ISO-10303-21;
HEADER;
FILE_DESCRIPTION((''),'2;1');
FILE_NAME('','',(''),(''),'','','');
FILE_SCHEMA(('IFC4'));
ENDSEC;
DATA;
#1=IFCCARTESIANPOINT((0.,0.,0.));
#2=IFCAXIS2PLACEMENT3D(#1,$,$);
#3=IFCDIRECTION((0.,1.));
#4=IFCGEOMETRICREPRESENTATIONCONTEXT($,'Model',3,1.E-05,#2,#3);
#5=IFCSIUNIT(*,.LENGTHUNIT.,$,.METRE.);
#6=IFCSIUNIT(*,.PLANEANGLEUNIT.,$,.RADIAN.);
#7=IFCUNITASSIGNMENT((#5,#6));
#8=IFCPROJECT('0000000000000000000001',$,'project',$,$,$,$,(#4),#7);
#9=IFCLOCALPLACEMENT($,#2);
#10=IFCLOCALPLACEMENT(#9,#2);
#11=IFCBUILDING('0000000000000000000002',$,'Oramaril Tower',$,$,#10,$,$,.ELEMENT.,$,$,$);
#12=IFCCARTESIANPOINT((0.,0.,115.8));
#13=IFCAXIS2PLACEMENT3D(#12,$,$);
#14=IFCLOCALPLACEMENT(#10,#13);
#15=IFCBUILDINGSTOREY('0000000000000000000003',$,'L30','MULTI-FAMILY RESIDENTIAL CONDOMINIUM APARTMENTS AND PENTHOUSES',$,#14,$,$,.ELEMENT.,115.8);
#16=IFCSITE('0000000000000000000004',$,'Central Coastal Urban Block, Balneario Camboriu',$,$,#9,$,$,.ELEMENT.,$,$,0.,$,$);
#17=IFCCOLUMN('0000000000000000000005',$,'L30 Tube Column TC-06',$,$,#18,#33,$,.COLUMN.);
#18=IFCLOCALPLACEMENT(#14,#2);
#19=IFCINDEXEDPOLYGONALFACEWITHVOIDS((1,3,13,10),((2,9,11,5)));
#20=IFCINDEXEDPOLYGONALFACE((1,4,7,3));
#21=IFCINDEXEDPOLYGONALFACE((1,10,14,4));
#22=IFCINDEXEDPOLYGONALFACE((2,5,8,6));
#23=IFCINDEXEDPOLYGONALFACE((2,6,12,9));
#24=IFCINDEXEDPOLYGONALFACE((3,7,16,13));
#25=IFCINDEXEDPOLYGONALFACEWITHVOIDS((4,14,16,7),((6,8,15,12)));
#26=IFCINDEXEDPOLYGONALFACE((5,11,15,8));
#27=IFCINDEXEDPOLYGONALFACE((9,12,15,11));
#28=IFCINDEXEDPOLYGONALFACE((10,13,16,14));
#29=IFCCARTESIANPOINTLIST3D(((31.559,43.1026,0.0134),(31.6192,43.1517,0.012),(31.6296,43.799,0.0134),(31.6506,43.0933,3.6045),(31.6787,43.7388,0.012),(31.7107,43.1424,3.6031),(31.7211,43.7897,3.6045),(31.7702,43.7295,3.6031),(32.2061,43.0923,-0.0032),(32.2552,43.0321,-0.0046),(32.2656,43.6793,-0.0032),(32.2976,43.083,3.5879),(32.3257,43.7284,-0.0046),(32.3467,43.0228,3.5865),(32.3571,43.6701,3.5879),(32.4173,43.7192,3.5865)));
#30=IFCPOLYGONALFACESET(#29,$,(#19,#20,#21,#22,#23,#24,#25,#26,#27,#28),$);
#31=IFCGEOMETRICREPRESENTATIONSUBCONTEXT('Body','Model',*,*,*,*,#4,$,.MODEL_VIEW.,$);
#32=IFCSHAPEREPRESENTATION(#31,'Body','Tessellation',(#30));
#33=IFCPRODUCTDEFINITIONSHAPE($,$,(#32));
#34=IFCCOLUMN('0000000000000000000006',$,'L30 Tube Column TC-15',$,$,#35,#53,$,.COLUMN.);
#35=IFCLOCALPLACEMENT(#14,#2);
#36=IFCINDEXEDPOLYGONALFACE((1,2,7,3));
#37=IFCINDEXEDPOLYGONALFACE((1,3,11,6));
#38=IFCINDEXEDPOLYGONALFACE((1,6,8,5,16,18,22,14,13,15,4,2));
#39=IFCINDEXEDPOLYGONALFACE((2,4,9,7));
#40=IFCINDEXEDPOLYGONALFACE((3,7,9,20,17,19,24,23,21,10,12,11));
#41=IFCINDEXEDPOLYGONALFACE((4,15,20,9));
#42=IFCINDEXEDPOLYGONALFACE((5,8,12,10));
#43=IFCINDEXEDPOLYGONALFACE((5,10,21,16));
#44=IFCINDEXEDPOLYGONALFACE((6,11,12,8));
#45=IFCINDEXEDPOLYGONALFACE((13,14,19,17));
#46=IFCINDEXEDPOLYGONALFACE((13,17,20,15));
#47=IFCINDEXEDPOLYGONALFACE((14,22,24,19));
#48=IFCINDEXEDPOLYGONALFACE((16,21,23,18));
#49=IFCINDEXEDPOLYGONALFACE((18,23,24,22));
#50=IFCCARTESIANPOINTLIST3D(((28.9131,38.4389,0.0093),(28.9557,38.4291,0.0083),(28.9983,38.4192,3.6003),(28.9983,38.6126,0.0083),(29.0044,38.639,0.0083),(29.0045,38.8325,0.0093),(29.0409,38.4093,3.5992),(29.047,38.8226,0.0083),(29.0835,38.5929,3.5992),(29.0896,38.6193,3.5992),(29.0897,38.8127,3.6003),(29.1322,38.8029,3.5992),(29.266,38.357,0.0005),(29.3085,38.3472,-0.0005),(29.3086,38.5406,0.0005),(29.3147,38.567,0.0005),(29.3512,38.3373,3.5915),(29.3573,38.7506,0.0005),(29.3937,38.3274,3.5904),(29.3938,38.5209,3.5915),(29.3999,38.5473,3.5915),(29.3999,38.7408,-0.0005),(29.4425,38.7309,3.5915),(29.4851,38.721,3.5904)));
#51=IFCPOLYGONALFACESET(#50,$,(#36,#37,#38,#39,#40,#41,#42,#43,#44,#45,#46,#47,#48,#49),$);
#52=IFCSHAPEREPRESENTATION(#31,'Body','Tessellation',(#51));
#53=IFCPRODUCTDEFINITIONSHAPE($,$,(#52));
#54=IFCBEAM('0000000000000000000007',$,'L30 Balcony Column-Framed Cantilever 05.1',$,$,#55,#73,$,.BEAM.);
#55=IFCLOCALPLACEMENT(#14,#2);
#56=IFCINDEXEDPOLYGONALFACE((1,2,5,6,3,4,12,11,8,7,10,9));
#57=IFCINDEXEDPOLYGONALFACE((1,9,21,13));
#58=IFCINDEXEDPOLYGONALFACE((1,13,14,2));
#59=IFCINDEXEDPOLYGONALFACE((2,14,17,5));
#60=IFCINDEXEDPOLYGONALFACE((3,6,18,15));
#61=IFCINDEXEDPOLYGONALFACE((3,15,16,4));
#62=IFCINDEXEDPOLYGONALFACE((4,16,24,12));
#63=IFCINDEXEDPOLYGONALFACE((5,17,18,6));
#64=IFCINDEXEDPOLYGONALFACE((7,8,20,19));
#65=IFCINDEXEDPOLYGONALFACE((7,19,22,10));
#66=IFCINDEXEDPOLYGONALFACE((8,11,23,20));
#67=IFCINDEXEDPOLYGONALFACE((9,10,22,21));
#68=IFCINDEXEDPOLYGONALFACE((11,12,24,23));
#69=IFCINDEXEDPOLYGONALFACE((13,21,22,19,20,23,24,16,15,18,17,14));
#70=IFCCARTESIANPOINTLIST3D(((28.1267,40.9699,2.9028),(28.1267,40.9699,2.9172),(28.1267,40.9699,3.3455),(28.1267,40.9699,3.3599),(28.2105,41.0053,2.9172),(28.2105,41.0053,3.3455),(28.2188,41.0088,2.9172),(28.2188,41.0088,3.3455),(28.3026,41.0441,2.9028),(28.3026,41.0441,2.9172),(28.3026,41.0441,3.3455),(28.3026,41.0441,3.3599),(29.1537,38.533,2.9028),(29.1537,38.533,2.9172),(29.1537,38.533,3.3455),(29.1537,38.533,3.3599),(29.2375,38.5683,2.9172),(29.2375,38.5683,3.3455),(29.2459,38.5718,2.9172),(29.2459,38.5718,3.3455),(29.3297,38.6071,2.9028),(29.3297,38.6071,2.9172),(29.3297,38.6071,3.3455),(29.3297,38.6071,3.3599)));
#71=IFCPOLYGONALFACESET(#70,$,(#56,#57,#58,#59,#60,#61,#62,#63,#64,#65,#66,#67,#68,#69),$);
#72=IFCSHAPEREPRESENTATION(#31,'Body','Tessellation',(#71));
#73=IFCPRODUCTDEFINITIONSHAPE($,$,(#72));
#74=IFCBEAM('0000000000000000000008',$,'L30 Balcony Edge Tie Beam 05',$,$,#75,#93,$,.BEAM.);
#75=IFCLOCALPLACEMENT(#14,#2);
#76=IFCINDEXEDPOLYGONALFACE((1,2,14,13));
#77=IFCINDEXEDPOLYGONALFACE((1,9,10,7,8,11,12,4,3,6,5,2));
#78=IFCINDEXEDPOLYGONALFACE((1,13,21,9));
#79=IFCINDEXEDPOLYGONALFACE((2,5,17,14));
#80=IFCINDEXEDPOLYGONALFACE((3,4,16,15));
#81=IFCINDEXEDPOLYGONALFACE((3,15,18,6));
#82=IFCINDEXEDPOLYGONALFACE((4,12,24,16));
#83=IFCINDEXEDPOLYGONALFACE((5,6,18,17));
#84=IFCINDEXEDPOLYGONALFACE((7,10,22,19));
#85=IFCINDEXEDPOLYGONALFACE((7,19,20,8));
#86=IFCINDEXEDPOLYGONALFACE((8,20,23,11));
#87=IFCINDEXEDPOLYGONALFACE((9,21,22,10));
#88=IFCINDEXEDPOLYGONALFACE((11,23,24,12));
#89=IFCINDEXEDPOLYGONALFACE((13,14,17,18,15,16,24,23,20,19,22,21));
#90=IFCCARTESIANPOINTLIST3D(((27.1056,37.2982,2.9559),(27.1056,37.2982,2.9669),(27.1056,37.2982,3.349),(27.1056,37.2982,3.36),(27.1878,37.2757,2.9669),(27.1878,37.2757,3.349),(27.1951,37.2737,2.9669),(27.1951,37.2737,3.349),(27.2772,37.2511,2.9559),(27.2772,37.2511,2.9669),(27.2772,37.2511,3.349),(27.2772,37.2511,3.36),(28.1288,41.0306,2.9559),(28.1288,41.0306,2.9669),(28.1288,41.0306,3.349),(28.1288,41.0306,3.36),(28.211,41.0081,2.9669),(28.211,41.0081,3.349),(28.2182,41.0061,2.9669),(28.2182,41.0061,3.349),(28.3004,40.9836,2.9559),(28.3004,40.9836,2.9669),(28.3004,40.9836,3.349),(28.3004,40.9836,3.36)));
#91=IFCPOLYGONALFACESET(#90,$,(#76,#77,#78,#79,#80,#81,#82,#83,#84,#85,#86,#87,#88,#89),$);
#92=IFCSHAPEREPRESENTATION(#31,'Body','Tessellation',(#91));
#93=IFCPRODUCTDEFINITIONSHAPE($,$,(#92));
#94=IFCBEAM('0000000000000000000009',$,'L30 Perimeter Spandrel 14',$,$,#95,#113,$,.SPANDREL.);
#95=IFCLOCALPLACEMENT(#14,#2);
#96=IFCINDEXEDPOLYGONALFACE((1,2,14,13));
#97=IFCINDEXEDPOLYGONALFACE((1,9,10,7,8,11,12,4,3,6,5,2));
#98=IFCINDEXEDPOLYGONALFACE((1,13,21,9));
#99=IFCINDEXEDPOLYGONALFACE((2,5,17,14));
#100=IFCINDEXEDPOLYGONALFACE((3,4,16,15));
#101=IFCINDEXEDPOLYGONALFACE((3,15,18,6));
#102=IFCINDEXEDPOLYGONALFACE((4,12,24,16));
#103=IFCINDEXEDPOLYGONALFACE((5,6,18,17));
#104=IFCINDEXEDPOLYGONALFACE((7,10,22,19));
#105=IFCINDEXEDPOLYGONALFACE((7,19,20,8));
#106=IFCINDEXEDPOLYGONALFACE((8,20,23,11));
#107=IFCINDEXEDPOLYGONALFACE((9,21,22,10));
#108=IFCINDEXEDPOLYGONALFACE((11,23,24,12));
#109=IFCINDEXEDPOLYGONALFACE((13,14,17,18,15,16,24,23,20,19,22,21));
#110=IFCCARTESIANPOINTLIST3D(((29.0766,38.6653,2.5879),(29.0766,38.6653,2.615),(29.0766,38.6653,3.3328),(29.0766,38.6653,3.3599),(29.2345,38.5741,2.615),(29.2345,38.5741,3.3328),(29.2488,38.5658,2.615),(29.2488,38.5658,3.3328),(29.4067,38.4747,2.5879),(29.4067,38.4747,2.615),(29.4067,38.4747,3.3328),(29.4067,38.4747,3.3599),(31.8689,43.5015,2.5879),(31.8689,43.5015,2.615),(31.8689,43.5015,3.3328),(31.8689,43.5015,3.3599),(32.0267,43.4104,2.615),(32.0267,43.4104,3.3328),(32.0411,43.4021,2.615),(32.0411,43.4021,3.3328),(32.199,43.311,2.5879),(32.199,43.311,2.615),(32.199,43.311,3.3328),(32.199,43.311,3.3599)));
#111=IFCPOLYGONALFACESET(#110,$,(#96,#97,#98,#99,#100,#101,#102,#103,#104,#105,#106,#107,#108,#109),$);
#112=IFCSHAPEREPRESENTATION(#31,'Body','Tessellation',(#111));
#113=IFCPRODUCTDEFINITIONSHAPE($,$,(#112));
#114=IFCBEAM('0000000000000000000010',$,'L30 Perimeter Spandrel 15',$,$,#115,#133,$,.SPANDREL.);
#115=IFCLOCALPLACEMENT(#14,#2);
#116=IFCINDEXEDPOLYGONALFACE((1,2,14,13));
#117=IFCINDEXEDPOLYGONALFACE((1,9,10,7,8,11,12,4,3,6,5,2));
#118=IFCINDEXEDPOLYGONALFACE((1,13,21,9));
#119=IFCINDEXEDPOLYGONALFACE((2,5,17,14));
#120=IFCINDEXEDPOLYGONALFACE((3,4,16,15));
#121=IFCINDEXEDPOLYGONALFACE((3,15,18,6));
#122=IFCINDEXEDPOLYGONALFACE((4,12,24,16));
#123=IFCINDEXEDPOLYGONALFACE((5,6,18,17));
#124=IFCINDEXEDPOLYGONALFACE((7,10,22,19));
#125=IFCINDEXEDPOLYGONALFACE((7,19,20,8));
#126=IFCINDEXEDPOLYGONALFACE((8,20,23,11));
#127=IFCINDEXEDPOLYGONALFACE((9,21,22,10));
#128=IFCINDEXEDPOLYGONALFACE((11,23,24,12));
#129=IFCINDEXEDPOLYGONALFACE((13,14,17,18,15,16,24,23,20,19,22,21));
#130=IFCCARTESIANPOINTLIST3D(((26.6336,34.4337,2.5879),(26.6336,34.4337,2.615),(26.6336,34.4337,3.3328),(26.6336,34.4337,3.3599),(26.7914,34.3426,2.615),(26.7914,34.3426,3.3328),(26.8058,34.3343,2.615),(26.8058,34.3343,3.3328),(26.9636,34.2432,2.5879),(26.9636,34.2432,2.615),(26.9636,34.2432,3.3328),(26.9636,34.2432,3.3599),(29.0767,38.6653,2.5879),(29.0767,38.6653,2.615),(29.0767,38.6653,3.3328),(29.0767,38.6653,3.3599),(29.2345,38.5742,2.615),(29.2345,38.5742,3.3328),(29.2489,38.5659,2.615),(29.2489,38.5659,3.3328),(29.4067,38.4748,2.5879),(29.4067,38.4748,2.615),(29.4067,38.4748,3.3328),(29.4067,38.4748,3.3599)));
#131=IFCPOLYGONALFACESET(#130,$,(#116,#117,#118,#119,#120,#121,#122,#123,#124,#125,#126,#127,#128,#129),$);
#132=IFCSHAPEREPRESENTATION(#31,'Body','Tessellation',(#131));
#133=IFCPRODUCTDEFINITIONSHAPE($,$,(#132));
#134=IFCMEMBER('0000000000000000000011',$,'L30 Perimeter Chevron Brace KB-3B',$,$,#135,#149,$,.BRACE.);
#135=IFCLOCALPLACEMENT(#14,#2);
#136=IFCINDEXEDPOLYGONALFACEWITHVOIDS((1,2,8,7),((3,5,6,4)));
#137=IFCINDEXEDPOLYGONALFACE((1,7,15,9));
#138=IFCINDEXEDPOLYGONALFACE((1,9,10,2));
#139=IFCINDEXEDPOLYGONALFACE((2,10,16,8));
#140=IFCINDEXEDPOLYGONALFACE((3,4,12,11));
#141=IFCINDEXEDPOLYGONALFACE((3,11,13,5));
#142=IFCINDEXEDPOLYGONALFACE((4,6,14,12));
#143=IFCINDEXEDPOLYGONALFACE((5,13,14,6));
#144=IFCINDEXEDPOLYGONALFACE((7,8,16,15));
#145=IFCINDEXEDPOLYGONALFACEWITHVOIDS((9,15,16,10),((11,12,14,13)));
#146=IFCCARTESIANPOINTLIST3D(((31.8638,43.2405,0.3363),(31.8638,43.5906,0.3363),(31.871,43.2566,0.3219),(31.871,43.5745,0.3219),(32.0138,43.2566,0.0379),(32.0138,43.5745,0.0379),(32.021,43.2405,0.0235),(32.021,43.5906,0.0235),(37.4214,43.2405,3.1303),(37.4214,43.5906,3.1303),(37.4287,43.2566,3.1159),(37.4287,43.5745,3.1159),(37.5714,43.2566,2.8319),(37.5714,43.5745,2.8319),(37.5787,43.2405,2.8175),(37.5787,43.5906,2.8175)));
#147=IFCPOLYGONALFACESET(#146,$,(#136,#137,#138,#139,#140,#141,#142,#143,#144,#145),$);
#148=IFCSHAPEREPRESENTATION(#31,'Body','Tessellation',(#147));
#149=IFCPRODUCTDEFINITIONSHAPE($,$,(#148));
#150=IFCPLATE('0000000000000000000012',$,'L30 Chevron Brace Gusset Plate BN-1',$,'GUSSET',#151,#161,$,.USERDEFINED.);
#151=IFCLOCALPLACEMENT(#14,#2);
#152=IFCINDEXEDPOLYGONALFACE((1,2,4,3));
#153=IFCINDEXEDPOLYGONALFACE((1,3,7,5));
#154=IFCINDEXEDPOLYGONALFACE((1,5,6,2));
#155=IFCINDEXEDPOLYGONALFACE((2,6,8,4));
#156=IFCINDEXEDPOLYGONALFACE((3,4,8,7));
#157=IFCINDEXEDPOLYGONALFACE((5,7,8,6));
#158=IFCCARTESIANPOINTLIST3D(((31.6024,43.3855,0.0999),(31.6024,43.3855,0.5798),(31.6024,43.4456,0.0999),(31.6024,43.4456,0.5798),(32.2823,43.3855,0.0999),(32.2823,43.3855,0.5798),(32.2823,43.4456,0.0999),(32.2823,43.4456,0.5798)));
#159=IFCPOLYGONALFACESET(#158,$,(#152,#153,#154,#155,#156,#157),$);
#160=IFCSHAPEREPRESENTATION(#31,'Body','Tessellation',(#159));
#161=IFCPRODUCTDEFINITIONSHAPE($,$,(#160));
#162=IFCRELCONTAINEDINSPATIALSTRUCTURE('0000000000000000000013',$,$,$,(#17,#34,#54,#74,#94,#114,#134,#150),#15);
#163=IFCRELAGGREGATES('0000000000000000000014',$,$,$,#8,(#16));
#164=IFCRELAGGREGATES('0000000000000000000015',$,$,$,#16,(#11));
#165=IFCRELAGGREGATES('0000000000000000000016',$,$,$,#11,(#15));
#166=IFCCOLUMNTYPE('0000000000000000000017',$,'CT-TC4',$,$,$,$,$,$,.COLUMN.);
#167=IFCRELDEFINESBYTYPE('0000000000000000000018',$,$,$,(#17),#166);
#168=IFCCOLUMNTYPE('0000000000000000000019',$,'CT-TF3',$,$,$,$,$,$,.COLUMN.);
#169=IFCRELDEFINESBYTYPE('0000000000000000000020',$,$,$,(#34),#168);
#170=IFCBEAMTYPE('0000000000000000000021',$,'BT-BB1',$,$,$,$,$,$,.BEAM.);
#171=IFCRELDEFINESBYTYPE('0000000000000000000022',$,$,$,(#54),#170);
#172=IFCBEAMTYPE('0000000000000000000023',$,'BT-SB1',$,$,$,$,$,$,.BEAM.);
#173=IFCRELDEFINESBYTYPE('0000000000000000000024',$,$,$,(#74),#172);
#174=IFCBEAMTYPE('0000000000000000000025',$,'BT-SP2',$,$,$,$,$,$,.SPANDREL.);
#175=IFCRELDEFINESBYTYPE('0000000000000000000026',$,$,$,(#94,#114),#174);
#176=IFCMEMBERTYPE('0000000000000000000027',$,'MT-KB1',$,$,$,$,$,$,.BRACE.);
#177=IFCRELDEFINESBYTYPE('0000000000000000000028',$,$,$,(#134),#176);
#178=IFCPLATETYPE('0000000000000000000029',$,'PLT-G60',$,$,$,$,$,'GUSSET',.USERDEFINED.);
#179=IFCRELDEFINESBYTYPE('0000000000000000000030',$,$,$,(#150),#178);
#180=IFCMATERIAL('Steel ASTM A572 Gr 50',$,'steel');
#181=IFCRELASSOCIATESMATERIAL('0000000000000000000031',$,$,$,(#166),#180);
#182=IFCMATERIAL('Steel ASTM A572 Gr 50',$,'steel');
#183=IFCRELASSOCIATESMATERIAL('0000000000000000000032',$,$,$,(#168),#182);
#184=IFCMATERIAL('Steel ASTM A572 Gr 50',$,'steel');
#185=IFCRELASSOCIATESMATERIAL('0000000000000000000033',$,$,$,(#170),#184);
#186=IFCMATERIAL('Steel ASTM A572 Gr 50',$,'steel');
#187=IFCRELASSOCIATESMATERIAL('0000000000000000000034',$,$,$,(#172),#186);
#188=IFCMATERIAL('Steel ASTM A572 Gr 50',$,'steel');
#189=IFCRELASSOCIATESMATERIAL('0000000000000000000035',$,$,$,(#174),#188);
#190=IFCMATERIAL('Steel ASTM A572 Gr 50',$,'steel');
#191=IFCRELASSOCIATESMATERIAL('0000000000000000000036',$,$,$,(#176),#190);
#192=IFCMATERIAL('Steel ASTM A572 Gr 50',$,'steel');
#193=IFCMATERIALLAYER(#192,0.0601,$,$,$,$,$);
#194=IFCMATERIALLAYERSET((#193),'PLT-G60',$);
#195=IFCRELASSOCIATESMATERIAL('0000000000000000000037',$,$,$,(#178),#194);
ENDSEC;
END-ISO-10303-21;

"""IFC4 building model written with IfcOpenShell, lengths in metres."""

from ifc_helpers import new_model, si_unit, direction, frame, origin, origin_2d, place, context, subcontext, project, spatial, rectangle, hollow_rectangle, i_section, extrude, material, layer, layer_set, material_profile, profile_set, type_object, element, save


model = new_model("IFC4")

# Units and contexts
model_context = context("Model", 3, precision=1e-05, world=origin(), true_north=direction((0.0, 1.0)))
body_context = subcontext(model_context, "Body", "Model", "MODEL_VIEW")
ifc_project = project(units=[si_unit("LENGTHUNIT", "METRE"), si_unit("PLANEANGLEUNIT", "RADIAN")], contexts=[model_context])

# Site, building, storey
site_placement = place(None, origin())
site = spatial("IfcSite", under=ifc_project, at=site_placement, Name="Central Coastal Urban Block, Balneario Camboriu", CompositionType="ELEMENT", RefElevation=0.0)
building_placement = place(site_placement, origin())
building = spatial("IfcBuilding", under=site, at=building_placement, Name="Oramaril Tower", CompositionType="ELEMENT")
storey_placement = place(building_placement, frame((0.0, 0.0, 115.8)))
storey = spatial("IfcBuildingStorey", under=building, at=storey_placement, Name="L30", Description="MULTI-FAMILY RESIDENTIAL CONDOMINIUM APARTMENTS AND PENTHOUSES", CompositionType="ELEMENT", Elevation=115.8)

# Columns
ifc_material_1 = material(Name="Steel ASTM A572 Gr 50", Category="steel")
ifc_material_profile_1 = material_profile(ifc_material_1, hollow_rectangle(XDim=0.7, YDim=0.7, WallThickness=0.0549, at=origin_2d()), Name="BOX700X700X55")
ifc_profile_set_1 = profile_set([ifc_material_profile_1], Name="Steel ASTM A572 Gr 50")
column_type_1 = type_object("IfcColumnType", Name="CT-TC4", PredefinedType="COLUMN", material=ifc_profile_set_1)
column_1_placement = place(storey_placement, frame((31.9424, 43.4155, 0.0044), z_axis=(0.025486, -0.002583, 0.999672), x_axis=(0.100817, 0.994905, 0.0)))
element("IfcColumn", 1, at=column_1_placement, inside=storey, type_object=column_type_1, Name="L30 Tube Column TC-06", PredefinedType="COLUMN", context=body_context, shape_type="SweptSolid", body=[
    extrude(hollow_rectangle(XDim=0.7, YDim=0.7, WallThickness=0.0549, at=origin_2d()), origin(), (0.0, 0.0, 1.0), 3.5923),
])
ifc_material_2 = material(Name="Steel ASTM A572 Gr 50", Category="steel")
ifc_material_profile_2 = material_profile(ifc_material_2, i_section(OverallWidth=0.4041, OverallDepth=0.406, WebThickness=0.0271, FlangeThickness=0.0437, at=origin_2d()), Name="W14X233")
ifc_profile_set_2 = profile_set([ifc_material_profile_2], Name="Steel ASTM A572 Gr 50")
column_type_2 = type_object("IfcColumnType", Name="CT-TF3", PredefinedType="COLUMN", material=ifc_profile_set_2)
column_2_placement = place(storey_placement, frame((29.1565, 38.5898, 0.0044), z_axis=(0.02372, -0.005505, 0.999703), x_axis=(0.226082, 0.974108, 0.0)))
element("IfcColumn", 2, at=column_2_placement, inside=storey, type_object=column_type_2, Name="L30 Tube Column TC-15", PredefinedType="COLUMN", context=body_context, shape_type="SweptSolid", body=[
    extrude(i_section(OverallWidth=0.4041, OverallDepth=0.406, WebThickness=0.0271, FlangeThickness=0.0437, at=origin_2d()), origin(), (0.0, 0.0, 1.0), 3.592),
])

# Beams
ifc_material_3 = material(Name="Steel ASTM A572 Gr 50", Category="steel")
ifc_material_profile_3 = material_profile(ifc_material_3, i_section(OverallWidth=0.1909, OverallDepth=0.457, WebThickness=0.009, FlangeThickness=0.0144, at=origin_2d()), Name="W18X50")
ifc_profile_set_3 = profile_set([ifc_material_profile_3], Name="Steel ASTM A572 Gr 50")
beam_type_1 = type_object("IfcBeamType", Name="BT-BB1", PredefinedType="BEAM", material=ifc_profile_set_3)
beam_1_placement = place(storey_placement, frame((29.2417, 38.5701, 3.1313), z_axis=(-0.388375, 0.921502, 0.0), x_axis=(-0.921502, -0.388375, 0.0)))
element("IfcBeam", 3, at=beam_1_placement, inside=storey, type_object=beam_type_1, Name="L30 Balcony Column-Framed Cantilever 05.1", PredefinedType="BEAM", context=body_context, shape_type="SweptSolid", body=[
    extrude(i_section(OverallWidth=0.1909, OverallDepth=0.457, WebThickness=0.009, FlangeThickness=0.0144, at=origin_2d()), origin(), (0.0, 0.0, 1.0), 2.6445),
])
ifc_material_4 = material(Name="Steel ASTM A572 Gr 50", Category="steel")
ifc_material_profile_4 = material_profile(ifc_material_4, i_section(OverallWidth=0.178, OverallDepth=0.4041, WebThickness=0.0076, FlangeThickness=0.011, at=origin_2d()), Name="W16X36")
ifc_profile_set_4 = profile_set([ifc_material_profile_4], Name="Steel ASTM A572 Gr 50")
beam_type_2 = type_object("IfcBeamType", Name="BT-SB1", PredefinedType="BEAM", material=ifc_profile_set_4)
beam_2_placement = place(storey_placement, frame((28.2146, 41.0071, 3.158), z_axis=(-0.264382, -0.964418, 0.0), x_axis=(0.964418, -0.264382, 0.0)))
element("IfcBeam", 4, at=beam_2_placement, inside=storey, type_object=beam_type_2, Name="L30 Balcony Edge Tie Beam 05", PredefinedType="BEAM", context=body_context, shape_type="SweptSolid", body=[
    extrude(i_section(OverallWidth=0.178, OverallDepth=0.4041, WebThickness=0.0076, FlangeThickness=0.011, at=origin_2d()), origin(), (0.0, 0.0, 1.0), 3.8701),
])
ifc_material_5 = material(Name="Steel ASTM A572 Gr 50", Category="steel")
ifc_material_profile_5 = material_profile(ifc_material_5, i_section(OverallWidth=0.3811, OverallDepth=0.772, WebThickness=0.0166, FlangeThickness=0.0271, at=origin_2d()), Name="W30X173")
ifc_profile_set_5 = profile_set([ifc_material_profile_5], Name="Steel ASTM A572 Gr 50")
beam_type_3 = type_object("IfcBeamType", Name="BT-SP2", PredefinedType="SPANDREL", material=ifc_profile_set_5)
beam_3_placement = place(storey_placement, frame((32.0339, 43.4062, 2.9739), z_axis=(-0.500009, -0.86602, 0.0), x_axis=(0.86602, -0.500009, 0.0)))
element("IfcBeam", 5, at=beam_3_placement, inside=storey, type_object=beam_type_3, Name="L30 Perimeter Spandrel 14", PredefinedType="SPANDREL", context=body_context, shape_type="SweptSolid", body=[
    extrude(i_section(OverallWidth=0.3811, OverallDepth=0.772, WebThickness=0.0166, FlangeThickness=0.0271, at=origin_2d()), origin(), (0.0, 0.0, 1.0), 5.5845),
])
beam_4_placement = place(storey_placement, frame((29.2417, 38.5701, 2.9739), z_axis=(-0.499992, -0.86603, 0.0), x_axis=(0.86603, -0.499992, 0.0)))
element("IfcBeam", 6, at=beam_4_placement, inside=storey, type_object=beam_type_3, Name="L30 Perimeter Spandrel 15", PredefinedType="SPANDREL", context=body_context, shape_type="SweptSolid", body=[
    extrude(i_section(OverallWidth=0.3811, OverallDepth=0.772, WebThickness=0.0166, FlangeThickness=0.0271, at=origin_2d()), origin(), (0.0, 0.0, 1.0), 4.8862),
])

# Member
ifc_material_6 = material(Name="Steel ASTM A572 Gr 50", Category="steel")
ifc_material_profile_6 = material_profile(ifc_material_6, hollow_rectangle(XDim=0.3501, YDim=0.3501, WallThickness=0.0161, at=origin_2d()), Name="HSS350X350X16")
ifc_profile_set_6 = profile_set([ifc_material_profile_6], Name="Steel ASTM A572 Gr 50")
member_type = type_object("IfcMemberType", Name="MT-KB1", PredefinedType="BRACE", material=ifc_profile_set_6)
member_placement = place(storey_placement, frame((31.9424, 43.4155, 0.1799), z_axis=(0.893452, 0.0, 0.449159), x_axis=(0.0, 1.0, 0.0)))
element("IfcMember", 7, at=member_placement, inside=storey, type_object=member_type, Name="L30 Perimeter Chevron Brace KB-3B", PredefinedType="BRACE", context=body_context, shape_type="SweptSolid", body=[
    extrude(hollow_rectangle(XDim=0.3501, YDim=0.3501, WallThickness=0.0161, at=origin_2d()), origin(), (0.0, 0.0, 1.0), 6.2205),
])

# Plate
ifc_material_7 = material(Name="Steel ASTM A572 Gr 50", Category="steel")
ifc_layer_1 = layer(ifc_material_7, 0.0601)
ifc_layer_set_1 = layer_set([ifc_layer_1], Name="PLT-G60")
plate_type = type_object("IfcPlateType", Name="PLT-G60", ElementType="GUSSET", PredefinedType="USERDEFINED", material=ifc_layer_set_1)
plate_placement = place(storey_placement, frame((31.9424, 43.4155, 0.0999), z_axis=(0.0, 0.0, 1.0), x_axis=(-1.0, 0.0, 0.0)))
element("IfcPlate", 8, at=plate_placement, inside=storey, type_object=plate_type, Name="L30 Chevron Brace Gusset Plate BN-1", ObjectType="GUSSET", PredefinedType="USERDEFINED", context=body_context, shape_type="SweptSolid", body=[
    extrude(rectangle(XDim=0.6799, YDim=0.0601, at=origin_2d()), origin(), (0.0, 0.0, 1.0), 0.48),
])

save(model, "model.ifc")
